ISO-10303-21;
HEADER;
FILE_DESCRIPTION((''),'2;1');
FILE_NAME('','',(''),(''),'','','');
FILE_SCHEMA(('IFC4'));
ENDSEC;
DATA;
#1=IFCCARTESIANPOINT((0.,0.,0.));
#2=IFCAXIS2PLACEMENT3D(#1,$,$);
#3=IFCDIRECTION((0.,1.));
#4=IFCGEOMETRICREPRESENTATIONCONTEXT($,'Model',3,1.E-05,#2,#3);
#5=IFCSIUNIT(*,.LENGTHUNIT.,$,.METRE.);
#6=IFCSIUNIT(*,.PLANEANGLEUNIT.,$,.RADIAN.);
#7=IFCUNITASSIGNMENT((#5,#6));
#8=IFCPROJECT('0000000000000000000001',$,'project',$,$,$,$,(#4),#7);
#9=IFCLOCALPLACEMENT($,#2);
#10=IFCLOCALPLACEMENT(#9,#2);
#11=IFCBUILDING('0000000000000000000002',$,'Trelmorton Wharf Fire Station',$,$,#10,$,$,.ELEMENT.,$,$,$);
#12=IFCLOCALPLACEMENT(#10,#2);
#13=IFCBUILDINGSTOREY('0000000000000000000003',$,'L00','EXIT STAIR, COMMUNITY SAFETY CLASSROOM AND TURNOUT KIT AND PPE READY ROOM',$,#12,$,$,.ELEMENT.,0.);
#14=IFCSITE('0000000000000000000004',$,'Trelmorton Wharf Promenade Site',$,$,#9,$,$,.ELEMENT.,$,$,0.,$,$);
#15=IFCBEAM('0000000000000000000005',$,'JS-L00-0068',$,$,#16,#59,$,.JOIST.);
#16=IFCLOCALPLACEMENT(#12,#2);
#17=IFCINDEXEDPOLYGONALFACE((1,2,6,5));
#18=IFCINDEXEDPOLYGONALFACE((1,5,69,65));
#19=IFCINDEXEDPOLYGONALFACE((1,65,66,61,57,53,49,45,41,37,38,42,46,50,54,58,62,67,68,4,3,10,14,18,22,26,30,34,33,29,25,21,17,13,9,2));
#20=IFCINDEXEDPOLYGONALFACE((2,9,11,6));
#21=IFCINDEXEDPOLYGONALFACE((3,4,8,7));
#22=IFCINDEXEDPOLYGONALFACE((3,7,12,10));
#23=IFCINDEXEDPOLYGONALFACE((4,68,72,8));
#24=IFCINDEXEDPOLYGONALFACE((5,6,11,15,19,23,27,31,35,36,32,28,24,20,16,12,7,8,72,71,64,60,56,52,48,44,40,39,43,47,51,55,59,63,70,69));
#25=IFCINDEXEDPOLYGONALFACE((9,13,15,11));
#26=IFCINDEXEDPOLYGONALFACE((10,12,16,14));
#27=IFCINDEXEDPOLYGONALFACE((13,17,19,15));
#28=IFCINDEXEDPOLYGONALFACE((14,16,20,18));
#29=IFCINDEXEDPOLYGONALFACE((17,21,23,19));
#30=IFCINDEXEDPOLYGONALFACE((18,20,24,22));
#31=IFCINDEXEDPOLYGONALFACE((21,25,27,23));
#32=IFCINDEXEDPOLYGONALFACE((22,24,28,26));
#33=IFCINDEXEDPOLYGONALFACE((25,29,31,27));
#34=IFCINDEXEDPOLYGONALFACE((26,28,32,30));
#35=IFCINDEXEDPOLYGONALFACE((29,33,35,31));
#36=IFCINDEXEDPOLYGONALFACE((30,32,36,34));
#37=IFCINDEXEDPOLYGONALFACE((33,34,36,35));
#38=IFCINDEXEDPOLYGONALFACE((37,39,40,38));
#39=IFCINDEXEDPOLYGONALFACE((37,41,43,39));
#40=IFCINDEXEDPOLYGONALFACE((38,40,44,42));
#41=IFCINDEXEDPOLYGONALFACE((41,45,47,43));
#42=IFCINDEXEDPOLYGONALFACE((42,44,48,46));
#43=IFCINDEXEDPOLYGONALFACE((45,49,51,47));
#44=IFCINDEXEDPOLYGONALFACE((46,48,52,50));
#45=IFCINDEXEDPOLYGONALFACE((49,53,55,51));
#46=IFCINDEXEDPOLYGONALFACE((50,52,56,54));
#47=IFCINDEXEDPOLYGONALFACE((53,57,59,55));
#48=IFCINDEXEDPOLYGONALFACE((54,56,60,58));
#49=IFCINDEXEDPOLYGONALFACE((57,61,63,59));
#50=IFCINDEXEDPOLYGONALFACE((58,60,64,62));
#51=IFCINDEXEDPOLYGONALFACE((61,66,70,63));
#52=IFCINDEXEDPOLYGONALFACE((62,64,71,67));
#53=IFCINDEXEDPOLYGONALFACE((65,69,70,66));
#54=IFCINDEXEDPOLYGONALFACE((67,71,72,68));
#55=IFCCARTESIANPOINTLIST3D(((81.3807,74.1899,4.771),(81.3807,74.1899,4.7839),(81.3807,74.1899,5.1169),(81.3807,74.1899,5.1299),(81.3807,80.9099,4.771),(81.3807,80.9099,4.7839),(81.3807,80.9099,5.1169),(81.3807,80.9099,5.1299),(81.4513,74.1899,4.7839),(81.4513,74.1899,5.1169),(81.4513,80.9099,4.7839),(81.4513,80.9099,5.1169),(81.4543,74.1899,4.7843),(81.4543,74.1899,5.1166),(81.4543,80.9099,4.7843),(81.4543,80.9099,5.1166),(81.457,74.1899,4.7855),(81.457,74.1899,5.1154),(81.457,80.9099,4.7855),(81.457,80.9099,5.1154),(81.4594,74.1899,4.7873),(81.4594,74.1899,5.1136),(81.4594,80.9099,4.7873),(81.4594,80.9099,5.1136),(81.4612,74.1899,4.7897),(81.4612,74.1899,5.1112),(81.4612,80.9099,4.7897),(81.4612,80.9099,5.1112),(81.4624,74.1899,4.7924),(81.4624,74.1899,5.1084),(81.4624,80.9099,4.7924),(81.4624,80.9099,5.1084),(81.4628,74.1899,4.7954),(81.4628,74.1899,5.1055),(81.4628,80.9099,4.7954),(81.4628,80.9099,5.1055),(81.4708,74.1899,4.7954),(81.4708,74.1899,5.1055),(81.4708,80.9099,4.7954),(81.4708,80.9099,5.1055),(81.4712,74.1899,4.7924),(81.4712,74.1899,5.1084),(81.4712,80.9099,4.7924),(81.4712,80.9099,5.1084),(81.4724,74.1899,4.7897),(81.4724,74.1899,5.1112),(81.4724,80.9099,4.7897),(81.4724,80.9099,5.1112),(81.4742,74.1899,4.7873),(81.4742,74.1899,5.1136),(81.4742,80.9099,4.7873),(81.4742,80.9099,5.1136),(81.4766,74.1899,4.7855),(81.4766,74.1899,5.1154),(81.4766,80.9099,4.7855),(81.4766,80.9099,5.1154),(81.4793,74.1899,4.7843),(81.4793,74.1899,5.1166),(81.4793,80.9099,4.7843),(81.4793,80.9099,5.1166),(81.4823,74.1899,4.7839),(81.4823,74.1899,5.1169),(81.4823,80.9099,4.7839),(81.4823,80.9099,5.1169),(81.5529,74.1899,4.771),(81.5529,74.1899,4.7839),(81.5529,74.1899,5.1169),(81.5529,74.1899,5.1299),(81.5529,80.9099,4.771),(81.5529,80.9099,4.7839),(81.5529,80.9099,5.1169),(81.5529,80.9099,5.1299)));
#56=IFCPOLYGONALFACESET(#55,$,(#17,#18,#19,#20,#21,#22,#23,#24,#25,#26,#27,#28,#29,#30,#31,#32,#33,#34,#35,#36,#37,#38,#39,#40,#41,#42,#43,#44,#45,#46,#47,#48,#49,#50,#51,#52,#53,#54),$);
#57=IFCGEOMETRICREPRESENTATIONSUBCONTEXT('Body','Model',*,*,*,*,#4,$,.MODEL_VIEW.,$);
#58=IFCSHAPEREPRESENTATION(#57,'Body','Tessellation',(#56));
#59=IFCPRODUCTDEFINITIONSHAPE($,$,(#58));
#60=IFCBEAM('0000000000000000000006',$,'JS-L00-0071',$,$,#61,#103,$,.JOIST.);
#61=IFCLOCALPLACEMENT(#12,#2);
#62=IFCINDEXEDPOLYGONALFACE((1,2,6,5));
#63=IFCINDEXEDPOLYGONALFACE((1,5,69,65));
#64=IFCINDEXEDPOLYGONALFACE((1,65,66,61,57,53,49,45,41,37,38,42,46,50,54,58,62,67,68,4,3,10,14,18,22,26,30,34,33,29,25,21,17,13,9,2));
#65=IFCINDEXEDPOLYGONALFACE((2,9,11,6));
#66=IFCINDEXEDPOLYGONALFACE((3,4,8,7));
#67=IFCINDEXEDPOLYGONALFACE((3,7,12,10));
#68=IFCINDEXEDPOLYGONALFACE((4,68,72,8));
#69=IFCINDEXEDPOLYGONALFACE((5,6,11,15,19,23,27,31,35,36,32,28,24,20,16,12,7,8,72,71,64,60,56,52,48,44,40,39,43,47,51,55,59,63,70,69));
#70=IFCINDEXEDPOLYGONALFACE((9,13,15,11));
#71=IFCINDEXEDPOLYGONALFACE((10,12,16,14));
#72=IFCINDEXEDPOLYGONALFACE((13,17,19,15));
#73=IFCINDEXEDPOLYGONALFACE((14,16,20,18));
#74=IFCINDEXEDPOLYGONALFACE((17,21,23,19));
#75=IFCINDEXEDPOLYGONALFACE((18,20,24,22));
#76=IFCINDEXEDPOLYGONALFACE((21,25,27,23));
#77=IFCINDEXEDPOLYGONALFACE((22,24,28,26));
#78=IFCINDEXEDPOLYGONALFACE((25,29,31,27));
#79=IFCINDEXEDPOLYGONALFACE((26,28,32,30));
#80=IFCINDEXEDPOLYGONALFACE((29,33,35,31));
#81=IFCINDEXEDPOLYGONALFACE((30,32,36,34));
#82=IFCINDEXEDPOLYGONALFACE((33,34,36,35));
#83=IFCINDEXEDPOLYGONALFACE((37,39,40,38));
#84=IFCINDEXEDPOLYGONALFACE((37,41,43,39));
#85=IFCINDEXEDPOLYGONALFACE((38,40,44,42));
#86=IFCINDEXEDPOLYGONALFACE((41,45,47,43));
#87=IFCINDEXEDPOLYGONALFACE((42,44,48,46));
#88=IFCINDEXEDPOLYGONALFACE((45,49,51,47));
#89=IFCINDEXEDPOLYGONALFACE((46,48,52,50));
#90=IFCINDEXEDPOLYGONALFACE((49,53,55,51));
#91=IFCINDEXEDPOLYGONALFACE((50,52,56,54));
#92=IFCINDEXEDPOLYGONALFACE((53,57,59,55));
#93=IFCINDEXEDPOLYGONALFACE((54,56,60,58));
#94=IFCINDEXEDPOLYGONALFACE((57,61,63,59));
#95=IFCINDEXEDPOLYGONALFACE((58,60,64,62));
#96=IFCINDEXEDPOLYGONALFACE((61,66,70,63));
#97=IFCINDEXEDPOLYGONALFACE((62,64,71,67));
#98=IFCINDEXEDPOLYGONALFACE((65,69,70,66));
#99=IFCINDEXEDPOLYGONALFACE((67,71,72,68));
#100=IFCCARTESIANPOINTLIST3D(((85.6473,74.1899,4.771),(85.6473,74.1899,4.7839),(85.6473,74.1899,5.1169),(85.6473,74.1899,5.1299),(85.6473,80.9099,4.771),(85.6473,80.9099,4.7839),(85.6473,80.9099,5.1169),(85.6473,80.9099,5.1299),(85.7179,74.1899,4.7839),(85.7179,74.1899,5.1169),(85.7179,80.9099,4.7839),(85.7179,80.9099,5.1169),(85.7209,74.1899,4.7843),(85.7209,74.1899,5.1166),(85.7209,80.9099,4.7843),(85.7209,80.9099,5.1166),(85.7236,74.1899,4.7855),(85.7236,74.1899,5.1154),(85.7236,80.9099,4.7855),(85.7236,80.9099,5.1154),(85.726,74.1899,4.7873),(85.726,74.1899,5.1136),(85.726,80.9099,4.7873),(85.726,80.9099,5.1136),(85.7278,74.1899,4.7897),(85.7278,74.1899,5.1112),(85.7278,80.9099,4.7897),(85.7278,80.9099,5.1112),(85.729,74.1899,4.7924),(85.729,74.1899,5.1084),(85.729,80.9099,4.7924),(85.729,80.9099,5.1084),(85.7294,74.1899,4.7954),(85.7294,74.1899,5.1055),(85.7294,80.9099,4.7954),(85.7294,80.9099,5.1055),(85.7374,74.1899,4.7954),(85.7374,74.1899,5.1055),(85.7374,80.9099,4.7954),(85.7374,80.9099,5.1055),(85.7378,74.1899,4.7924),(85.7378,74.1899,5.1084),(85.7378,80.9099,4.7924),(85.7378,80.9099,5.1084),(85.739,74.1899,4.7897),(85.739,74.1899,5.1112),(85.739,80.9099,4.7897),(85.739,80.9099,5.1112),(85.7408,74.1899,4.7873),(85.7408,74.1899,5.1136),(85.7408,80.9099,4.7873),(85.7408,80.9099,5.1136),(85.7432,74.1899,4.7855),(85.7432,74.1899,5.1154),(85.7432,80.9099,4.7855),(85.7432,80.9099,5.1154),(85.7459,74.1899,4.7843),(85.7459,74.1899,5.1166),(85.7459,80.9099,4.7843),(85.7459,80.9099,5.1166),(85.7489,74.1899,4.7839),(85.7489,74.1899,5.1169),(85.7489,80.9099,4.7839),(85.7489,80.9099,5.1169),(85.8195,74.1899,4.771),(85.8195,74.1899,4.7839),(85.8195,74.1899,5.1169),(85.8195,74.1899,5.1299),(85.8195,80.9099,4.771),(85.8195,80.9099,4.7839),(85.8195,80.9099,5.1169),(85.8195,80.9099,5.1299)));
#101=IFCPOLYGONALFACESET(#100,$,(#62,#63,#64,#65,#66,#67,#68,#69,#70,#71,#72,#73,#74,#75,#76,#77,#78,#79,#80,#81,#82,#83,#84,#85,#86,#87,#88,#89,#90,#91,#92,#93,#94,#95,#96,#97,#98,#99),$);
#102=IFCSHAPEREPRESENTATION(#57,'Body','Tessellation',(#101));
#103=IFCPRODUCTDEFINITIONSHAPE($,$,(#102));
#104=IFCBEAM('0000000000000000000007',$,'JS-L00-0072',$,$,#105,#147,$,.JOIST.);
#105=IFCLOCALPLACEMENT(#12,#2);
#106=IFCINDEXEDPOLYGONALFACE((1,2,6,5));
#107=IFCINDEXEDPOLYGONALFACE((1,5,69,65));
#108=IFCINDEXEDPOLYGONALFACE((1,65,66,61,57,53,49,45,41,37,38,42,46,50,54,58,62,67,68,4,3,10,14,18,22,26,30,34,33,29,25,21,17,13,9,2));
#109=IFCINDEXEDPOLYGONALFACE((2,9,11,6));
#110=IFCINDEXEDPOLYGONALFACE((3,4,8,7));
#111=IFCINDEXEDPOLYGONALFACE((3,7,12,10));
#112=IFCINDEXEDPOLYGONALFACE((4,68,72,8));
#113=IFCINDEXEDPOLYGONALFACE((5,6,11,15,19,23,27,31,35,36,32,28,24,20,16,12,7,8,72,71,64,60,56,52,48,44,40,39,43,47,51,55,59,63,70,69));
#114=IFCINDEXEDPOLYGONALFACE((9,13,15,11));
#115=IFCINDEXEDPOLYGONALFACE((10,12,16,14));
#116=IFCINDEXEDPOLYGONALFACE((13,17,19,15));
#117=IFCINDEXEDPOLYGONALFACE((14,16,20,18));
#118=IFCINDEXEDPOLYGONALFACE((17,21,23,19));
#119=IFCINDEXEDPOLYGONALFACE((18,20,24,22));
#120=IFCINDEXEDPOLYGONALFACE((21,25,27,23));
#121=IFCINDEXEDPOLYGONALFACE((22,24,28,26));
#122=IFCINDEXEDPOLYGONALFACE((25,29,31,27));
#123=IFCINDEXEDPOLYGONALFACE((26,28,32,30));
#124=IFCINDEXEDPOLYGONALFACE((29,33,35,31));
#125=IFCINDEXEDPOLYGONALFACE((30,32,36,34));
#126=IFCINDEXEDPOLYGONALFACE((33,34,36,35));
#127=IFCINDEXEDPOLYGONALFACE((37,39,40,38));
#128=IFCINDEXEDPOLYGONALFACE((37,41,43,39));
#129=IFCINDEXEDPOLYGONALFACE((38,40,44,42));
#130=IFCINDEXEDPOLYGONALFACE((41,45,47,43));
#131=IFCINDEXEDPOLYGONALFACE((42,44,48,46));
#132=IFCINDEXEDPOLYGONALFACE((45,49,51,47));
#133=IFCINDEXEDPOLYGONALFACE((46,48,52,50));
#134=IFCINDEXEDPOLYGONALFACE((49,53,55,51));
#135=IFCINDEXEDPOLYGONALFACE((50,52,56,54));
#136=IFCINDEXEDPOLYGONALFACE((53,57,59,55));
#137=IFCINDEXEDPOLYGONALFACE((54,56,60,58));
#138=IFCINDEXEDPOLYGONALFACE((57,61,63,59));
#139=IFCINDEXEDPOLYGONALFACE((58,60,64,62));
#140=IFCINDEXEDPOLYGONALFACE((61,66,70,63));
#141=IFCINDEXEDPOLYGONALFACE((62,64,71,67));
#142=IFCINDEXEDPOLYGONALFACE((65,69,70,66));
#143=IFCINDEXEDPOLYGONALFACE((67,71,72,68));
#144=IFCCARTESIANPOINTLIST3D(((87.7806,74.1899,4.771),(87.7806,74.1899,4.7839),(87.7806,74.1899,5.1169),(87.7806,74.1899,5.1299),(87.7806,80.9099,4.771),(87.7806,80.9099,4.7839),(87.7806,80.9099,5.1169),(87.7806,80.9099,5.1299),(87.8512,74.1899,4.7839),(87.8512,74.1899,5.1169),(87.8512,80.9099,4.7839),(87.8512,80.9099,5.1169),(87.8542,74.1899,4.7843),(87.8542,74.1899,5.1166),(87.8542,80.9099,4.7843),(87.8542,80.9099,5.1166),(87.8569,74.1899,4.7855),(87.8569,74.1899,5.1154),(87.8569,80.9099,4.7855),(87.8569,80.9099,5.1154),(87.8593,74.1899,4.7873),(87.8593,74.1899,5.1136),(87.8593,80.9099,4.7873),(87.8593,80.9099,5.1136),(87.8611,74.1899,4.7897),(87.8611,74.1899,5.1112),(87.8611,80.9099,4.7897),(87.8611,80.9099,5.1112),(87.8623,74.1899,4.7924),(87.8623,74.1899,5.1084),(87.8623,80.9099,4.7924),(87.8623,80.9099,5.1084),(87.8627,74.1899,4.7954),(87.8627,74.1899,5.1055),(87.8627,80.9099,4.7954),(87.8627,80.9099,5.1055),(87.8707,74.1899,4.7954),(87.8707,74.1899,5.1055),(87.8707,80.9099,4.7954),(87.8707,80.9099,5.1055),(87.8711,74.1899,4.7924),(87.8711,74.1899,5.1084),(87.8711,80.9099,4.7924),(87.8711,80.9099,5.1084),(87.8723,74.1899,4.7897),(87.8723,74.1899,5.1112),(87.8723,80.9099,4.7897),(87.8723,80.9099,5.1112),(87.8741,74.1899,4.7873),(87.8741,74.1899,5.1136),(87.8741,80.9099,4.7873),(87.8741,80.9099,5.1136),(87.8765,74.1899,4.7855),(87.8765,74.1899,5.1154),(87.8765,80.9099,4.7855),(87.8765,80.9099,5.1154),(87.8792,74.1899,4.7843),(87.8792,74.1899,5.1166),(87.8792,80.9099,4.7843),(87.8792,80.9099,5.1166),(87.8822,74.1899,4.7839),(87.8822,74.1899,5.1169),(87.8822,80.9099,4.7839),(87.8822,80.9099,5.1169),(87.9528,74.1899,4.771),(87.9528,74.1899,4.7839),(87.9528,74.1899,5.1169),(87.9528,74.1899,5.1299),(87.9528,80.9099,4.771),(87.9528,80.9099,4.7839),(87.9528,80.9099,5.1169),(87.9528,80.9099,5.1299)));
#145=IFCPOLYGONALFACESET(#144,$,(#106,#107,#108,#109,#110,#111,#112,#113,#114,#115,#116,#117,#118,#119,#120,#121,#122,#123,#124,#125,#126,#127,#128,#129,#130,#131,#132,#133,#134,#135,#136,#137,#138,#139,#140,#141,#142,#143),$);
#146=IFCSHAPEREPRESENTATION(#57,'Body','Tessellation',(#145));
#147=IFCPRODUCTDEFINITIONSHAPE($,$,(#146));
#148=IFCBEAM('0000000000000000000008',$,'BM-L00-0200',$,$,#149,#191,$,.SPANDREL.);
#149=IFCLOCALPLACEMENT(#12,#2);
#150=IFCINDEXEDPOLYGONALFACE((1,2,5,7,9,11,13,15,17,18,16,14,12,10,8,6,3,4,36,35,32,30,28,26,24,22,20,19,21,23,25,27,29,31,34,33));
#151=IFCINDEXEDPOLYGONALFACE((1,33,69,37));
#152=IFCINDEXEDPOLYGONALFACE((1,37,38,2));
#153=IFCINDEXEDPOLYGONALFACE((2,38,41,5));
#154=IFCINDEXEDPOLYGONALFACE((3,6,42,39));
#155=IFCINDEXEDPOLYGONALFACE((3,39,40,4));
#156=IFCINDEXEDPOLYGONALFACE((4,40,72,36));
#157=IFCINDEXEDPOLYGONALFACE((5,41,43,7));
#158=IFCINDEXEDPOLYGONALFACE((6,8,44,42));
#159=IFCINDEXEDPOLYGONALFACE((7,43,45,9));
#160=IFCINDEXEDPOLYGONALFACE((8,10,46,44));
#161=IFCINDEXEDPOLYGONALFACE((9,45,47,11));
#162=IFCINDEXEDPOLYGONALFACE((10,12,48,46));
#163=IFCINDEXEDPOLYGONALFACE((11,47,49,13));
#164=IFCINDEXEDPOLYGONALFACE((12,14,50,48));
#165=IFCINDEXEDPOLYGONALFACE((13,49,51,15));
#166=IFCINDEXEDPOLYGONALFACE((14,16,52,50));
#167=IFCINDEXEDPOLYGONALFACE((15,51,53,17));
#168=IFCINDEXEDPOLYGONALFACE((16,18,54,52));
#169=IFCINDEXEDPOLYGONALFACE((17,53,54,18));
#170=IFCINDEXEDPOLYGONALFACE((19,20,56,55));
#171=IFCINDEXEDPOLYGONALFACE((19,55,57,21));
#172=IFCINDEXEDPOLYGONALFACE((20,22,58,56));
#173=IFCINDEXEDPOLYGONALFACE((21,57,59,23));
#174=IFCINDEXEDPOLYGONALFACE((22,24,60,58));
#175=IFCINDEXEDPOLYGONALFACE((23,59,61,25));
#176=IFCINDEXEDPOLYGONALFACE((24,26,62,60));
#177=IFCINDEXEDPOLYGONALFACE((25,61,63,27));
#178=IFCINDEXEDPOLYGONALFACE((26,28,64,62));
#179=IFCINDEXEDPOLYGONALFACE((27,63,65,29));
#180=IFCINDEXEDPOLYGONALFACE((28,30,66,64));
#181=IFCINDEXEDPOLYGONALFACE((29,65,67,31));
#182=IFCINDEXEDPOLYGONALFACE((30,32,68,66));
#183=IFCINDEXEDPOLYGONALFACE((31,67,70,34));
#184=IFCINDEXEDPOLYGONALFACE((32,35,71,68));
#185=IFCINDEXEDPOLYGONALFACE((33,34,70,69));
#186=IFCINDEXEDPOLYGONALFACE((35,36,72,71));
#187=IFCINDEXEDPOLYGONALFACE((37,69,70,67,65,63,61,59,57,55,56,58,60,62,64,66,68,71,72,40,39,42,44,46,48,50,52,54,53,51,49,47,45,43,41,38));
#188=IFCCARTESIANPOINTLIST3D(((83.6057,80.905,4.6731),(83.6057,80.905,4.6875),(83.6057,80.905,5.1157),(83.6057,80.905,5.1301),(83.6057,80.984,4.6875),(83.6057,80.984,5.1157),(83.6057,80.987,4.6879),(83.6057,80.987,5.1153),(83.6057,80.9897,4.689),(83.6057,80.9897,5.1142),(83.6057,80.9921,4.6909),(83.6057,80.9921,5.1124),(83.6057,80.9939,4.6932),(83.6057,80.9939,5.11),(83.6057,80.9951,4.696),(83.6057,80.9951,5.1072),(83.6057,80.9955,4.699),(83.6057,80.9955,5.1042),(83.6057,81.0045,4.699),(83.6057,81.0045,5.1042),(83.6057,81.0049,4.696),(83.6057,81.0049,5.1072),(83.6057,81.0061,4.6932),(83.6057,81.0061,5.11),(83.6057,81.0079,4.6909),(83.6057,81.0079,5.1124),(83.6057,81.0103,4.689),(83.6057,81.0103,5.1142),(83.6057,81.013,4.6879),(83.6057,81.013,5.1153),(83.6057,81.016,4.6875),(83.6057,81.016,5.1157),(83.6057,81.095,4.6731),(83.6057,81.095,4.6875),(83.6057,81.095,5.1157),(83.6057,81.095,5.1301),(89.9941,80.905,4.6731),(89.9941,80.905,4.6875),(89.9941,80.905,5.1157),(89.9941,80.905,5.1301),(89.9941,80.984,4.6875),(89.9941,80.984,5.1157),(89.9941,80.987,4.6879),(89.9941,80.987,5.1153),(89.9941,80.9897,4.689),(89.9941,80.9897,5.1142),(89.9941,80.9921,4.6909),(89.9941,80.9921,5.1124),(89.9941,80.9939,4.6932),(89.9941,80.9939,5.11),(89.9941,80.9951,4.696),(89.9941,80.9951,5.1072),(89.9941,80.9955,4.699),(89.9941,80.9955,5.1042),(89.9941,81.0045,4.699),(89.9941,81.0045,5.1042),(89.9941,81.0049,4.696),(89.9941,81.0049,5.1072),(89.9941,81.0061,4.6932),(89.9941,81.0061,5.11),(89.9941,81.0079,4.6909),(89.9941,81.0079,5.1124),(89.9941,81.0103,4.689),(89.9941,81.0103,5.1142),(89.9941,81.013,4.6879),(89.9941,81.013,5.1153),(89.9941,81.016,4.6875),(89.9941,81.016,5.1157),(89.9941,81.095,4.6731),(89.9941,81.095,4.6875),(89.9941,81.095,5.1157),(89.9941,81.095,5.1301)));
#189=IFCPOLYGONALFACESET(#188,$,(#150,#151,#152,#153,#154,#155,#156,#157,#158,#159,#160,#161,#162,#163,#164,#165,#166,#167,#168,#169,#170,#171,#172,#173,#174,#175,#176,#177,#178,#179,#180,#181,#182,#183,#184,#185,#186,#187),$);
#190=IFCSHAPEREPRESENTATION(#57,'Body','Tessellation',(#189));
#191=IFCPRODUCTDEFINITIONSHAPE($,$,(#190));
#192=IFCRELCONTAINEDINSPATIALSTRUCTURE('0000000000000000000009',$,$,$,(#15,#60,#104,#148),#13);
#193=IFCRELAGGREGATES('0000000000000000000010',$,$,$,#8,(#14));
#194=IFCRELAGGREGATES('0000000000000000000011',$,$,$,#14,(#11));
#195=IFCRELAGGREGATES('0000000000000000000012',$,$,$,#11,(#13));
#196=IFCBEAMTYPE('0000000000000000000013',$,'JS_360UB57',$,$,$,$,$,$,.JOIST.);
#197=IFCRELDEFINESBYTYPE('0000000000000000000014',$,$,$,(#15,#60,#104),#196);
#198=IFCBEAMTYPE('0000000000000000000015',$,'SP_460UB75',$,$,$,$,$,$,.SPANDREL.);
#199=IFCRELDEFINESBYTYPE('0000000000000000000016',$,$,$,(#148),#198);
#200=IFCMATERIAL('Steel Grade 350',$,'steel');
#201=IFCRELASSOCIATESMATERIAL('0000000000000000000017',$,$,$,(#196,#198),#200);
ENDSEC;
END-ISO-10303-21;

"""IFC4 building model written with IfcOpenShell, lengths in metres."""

from ifc_helpers import new_model, si_unit, direction, frame, origin, origin_2d, place, context, subcontext, project, spatial, i_section, extrude, material, material_profile, profile_set, type_object, element, save


model = new_model("IFC4")

# Units and contexts
model_context = context("Model", 3, precision=1e-05, world=origin(), true_north=direction((0.0, 1.0)))
body_context = subcontext(model_context, "Body", "Model", "MODEL_VIEW")
ifc_project = project(units=[si_unit("LENGTHUNIT", "METRE"), si_unit("PLANEANGLEUNIT", "RADIAN")], contexts=[model_context])

# Site, building, storey
site_placement = place(None, origin())
site = spatial("IfcSite", under=ifc_project, at=site_placement, Name="Trelmorton Wharf Promenade Site", CompositionType="ELEMENT", RefElevation=0.0)
building_placement = place(site_placement, origin())
building = spatial("IfcBuilding", under=site, at=building_placement, Name="Trelmorton Wharf Fire Station", CompositionType="ELEMENT")
storey_placement = place(building_placement, origin())
storey = spatial("IfcBuildingStorey", under=building, at=storey_placement, Name="L00", Description="EXIT STAIR, COMMUNITY SAFETY CLASSROOM AND TURNOUT KIT AND PPE READY ROOM", CompositionType="ELEMENT", Elevation=0.0)

# Shared definitions
ifc_material_1 = material(Name="Steel Grade 350", Category="steel")

# Beams
ifc_material_profile_1 = material_profile(ifc_material_1, i_section(OverallWidth=0.1721, OverallDepth=0.3589, WebThickness=0.0081, FlangeThickness=0.0129, FilletRadius=0.0115, at=origin_2d()), Name="360UB56.7")
ifc_profile_set_1 = profile_set([ifc_material_profile_1], Name="Steel Grade 350")
beam_type_1 = type_object("IfcBeamType", Name="JS_360UB57", PredefinedType="JOIST", material=ifc_profile_set_1)
for number, where, z_axis, x_axis, name in (
    (1, (81.4668, 74.1899, 4.9504), (0.0, 1.0, 0.0), (-1.0, 0.0, 0.0), "JS-L00-0068"),
    (2, (85.7334, 74.1899, 4.9504), (0.0, 1.0, 0.0), (-1.0, 0.0, 0.0), "JS-L00-0071"),
    (3, (87.8667, 74.1899, 4.9504), (0.0, 1.0, 0.0), (-1.0, 0.0, 0.0), "JS-L00-0072"),
):
    element("IfcBeam", number, at=place(storey_placement, frame(where, z_axis=z_axis, x_axis=x_axis)), inside=storey, type_object=beam_type_1, Name=name, PredefinedType="JOIST", context=body_context, shape_type="SweptSolid", body=[
        extrude(i_section(OverallWidth=0.1721, OverallDepth=0.3589, WebThickness=0.0081, FlangeThickness=0.0129, FilletRadius=0.0115, at=origin_2d()), origin(), (0.0, 0.0, 1.0), 6.72),
    ])
ifc_material_profile_2 = material_profile(ifc_material_1, i_section(OverallWidth=0.1899, OverallDepth=0.457, WebThickness=0.009, FlangeThickness=0.0144, FilletRadius=0.0115, at=origin_2d()), Name="460UB74.6")
ifc_profile_set_2 = profile_set([ifc_material_profile_2], Name="Steel Grade 350")
beam_type_2 = type_object("IfcBeamType", Name="SP_460UB75", PredefinedType="SPANDREL", material=ifc_profile_set_2)
beam_1_placement = place(storey_placement, frame((83.6057, 81.0, 4.9016), z_axis=(1.0, 0.0, 0.0), x_axis=(0.0, 1.0, 0.0)))
element("IfcBeam", 4, at=beam_1_placement, inside=storey, type_object=beam_type_2, Name="BM-L00-0200", PredefinedType="SPANDREL", context=body_context, shape_type="SweptSolid", body=[
    extrude(i_section(OverallWidth=0.1899, OverallDepth=0.457, WebThickness=0.009, FlangeThickness=0.0144, FilletRadius=0.0115, at=origin_2d()), origin(), (0.0, 0.0, 1.0), 6.3884),
])

save(model, "model.ifc")
